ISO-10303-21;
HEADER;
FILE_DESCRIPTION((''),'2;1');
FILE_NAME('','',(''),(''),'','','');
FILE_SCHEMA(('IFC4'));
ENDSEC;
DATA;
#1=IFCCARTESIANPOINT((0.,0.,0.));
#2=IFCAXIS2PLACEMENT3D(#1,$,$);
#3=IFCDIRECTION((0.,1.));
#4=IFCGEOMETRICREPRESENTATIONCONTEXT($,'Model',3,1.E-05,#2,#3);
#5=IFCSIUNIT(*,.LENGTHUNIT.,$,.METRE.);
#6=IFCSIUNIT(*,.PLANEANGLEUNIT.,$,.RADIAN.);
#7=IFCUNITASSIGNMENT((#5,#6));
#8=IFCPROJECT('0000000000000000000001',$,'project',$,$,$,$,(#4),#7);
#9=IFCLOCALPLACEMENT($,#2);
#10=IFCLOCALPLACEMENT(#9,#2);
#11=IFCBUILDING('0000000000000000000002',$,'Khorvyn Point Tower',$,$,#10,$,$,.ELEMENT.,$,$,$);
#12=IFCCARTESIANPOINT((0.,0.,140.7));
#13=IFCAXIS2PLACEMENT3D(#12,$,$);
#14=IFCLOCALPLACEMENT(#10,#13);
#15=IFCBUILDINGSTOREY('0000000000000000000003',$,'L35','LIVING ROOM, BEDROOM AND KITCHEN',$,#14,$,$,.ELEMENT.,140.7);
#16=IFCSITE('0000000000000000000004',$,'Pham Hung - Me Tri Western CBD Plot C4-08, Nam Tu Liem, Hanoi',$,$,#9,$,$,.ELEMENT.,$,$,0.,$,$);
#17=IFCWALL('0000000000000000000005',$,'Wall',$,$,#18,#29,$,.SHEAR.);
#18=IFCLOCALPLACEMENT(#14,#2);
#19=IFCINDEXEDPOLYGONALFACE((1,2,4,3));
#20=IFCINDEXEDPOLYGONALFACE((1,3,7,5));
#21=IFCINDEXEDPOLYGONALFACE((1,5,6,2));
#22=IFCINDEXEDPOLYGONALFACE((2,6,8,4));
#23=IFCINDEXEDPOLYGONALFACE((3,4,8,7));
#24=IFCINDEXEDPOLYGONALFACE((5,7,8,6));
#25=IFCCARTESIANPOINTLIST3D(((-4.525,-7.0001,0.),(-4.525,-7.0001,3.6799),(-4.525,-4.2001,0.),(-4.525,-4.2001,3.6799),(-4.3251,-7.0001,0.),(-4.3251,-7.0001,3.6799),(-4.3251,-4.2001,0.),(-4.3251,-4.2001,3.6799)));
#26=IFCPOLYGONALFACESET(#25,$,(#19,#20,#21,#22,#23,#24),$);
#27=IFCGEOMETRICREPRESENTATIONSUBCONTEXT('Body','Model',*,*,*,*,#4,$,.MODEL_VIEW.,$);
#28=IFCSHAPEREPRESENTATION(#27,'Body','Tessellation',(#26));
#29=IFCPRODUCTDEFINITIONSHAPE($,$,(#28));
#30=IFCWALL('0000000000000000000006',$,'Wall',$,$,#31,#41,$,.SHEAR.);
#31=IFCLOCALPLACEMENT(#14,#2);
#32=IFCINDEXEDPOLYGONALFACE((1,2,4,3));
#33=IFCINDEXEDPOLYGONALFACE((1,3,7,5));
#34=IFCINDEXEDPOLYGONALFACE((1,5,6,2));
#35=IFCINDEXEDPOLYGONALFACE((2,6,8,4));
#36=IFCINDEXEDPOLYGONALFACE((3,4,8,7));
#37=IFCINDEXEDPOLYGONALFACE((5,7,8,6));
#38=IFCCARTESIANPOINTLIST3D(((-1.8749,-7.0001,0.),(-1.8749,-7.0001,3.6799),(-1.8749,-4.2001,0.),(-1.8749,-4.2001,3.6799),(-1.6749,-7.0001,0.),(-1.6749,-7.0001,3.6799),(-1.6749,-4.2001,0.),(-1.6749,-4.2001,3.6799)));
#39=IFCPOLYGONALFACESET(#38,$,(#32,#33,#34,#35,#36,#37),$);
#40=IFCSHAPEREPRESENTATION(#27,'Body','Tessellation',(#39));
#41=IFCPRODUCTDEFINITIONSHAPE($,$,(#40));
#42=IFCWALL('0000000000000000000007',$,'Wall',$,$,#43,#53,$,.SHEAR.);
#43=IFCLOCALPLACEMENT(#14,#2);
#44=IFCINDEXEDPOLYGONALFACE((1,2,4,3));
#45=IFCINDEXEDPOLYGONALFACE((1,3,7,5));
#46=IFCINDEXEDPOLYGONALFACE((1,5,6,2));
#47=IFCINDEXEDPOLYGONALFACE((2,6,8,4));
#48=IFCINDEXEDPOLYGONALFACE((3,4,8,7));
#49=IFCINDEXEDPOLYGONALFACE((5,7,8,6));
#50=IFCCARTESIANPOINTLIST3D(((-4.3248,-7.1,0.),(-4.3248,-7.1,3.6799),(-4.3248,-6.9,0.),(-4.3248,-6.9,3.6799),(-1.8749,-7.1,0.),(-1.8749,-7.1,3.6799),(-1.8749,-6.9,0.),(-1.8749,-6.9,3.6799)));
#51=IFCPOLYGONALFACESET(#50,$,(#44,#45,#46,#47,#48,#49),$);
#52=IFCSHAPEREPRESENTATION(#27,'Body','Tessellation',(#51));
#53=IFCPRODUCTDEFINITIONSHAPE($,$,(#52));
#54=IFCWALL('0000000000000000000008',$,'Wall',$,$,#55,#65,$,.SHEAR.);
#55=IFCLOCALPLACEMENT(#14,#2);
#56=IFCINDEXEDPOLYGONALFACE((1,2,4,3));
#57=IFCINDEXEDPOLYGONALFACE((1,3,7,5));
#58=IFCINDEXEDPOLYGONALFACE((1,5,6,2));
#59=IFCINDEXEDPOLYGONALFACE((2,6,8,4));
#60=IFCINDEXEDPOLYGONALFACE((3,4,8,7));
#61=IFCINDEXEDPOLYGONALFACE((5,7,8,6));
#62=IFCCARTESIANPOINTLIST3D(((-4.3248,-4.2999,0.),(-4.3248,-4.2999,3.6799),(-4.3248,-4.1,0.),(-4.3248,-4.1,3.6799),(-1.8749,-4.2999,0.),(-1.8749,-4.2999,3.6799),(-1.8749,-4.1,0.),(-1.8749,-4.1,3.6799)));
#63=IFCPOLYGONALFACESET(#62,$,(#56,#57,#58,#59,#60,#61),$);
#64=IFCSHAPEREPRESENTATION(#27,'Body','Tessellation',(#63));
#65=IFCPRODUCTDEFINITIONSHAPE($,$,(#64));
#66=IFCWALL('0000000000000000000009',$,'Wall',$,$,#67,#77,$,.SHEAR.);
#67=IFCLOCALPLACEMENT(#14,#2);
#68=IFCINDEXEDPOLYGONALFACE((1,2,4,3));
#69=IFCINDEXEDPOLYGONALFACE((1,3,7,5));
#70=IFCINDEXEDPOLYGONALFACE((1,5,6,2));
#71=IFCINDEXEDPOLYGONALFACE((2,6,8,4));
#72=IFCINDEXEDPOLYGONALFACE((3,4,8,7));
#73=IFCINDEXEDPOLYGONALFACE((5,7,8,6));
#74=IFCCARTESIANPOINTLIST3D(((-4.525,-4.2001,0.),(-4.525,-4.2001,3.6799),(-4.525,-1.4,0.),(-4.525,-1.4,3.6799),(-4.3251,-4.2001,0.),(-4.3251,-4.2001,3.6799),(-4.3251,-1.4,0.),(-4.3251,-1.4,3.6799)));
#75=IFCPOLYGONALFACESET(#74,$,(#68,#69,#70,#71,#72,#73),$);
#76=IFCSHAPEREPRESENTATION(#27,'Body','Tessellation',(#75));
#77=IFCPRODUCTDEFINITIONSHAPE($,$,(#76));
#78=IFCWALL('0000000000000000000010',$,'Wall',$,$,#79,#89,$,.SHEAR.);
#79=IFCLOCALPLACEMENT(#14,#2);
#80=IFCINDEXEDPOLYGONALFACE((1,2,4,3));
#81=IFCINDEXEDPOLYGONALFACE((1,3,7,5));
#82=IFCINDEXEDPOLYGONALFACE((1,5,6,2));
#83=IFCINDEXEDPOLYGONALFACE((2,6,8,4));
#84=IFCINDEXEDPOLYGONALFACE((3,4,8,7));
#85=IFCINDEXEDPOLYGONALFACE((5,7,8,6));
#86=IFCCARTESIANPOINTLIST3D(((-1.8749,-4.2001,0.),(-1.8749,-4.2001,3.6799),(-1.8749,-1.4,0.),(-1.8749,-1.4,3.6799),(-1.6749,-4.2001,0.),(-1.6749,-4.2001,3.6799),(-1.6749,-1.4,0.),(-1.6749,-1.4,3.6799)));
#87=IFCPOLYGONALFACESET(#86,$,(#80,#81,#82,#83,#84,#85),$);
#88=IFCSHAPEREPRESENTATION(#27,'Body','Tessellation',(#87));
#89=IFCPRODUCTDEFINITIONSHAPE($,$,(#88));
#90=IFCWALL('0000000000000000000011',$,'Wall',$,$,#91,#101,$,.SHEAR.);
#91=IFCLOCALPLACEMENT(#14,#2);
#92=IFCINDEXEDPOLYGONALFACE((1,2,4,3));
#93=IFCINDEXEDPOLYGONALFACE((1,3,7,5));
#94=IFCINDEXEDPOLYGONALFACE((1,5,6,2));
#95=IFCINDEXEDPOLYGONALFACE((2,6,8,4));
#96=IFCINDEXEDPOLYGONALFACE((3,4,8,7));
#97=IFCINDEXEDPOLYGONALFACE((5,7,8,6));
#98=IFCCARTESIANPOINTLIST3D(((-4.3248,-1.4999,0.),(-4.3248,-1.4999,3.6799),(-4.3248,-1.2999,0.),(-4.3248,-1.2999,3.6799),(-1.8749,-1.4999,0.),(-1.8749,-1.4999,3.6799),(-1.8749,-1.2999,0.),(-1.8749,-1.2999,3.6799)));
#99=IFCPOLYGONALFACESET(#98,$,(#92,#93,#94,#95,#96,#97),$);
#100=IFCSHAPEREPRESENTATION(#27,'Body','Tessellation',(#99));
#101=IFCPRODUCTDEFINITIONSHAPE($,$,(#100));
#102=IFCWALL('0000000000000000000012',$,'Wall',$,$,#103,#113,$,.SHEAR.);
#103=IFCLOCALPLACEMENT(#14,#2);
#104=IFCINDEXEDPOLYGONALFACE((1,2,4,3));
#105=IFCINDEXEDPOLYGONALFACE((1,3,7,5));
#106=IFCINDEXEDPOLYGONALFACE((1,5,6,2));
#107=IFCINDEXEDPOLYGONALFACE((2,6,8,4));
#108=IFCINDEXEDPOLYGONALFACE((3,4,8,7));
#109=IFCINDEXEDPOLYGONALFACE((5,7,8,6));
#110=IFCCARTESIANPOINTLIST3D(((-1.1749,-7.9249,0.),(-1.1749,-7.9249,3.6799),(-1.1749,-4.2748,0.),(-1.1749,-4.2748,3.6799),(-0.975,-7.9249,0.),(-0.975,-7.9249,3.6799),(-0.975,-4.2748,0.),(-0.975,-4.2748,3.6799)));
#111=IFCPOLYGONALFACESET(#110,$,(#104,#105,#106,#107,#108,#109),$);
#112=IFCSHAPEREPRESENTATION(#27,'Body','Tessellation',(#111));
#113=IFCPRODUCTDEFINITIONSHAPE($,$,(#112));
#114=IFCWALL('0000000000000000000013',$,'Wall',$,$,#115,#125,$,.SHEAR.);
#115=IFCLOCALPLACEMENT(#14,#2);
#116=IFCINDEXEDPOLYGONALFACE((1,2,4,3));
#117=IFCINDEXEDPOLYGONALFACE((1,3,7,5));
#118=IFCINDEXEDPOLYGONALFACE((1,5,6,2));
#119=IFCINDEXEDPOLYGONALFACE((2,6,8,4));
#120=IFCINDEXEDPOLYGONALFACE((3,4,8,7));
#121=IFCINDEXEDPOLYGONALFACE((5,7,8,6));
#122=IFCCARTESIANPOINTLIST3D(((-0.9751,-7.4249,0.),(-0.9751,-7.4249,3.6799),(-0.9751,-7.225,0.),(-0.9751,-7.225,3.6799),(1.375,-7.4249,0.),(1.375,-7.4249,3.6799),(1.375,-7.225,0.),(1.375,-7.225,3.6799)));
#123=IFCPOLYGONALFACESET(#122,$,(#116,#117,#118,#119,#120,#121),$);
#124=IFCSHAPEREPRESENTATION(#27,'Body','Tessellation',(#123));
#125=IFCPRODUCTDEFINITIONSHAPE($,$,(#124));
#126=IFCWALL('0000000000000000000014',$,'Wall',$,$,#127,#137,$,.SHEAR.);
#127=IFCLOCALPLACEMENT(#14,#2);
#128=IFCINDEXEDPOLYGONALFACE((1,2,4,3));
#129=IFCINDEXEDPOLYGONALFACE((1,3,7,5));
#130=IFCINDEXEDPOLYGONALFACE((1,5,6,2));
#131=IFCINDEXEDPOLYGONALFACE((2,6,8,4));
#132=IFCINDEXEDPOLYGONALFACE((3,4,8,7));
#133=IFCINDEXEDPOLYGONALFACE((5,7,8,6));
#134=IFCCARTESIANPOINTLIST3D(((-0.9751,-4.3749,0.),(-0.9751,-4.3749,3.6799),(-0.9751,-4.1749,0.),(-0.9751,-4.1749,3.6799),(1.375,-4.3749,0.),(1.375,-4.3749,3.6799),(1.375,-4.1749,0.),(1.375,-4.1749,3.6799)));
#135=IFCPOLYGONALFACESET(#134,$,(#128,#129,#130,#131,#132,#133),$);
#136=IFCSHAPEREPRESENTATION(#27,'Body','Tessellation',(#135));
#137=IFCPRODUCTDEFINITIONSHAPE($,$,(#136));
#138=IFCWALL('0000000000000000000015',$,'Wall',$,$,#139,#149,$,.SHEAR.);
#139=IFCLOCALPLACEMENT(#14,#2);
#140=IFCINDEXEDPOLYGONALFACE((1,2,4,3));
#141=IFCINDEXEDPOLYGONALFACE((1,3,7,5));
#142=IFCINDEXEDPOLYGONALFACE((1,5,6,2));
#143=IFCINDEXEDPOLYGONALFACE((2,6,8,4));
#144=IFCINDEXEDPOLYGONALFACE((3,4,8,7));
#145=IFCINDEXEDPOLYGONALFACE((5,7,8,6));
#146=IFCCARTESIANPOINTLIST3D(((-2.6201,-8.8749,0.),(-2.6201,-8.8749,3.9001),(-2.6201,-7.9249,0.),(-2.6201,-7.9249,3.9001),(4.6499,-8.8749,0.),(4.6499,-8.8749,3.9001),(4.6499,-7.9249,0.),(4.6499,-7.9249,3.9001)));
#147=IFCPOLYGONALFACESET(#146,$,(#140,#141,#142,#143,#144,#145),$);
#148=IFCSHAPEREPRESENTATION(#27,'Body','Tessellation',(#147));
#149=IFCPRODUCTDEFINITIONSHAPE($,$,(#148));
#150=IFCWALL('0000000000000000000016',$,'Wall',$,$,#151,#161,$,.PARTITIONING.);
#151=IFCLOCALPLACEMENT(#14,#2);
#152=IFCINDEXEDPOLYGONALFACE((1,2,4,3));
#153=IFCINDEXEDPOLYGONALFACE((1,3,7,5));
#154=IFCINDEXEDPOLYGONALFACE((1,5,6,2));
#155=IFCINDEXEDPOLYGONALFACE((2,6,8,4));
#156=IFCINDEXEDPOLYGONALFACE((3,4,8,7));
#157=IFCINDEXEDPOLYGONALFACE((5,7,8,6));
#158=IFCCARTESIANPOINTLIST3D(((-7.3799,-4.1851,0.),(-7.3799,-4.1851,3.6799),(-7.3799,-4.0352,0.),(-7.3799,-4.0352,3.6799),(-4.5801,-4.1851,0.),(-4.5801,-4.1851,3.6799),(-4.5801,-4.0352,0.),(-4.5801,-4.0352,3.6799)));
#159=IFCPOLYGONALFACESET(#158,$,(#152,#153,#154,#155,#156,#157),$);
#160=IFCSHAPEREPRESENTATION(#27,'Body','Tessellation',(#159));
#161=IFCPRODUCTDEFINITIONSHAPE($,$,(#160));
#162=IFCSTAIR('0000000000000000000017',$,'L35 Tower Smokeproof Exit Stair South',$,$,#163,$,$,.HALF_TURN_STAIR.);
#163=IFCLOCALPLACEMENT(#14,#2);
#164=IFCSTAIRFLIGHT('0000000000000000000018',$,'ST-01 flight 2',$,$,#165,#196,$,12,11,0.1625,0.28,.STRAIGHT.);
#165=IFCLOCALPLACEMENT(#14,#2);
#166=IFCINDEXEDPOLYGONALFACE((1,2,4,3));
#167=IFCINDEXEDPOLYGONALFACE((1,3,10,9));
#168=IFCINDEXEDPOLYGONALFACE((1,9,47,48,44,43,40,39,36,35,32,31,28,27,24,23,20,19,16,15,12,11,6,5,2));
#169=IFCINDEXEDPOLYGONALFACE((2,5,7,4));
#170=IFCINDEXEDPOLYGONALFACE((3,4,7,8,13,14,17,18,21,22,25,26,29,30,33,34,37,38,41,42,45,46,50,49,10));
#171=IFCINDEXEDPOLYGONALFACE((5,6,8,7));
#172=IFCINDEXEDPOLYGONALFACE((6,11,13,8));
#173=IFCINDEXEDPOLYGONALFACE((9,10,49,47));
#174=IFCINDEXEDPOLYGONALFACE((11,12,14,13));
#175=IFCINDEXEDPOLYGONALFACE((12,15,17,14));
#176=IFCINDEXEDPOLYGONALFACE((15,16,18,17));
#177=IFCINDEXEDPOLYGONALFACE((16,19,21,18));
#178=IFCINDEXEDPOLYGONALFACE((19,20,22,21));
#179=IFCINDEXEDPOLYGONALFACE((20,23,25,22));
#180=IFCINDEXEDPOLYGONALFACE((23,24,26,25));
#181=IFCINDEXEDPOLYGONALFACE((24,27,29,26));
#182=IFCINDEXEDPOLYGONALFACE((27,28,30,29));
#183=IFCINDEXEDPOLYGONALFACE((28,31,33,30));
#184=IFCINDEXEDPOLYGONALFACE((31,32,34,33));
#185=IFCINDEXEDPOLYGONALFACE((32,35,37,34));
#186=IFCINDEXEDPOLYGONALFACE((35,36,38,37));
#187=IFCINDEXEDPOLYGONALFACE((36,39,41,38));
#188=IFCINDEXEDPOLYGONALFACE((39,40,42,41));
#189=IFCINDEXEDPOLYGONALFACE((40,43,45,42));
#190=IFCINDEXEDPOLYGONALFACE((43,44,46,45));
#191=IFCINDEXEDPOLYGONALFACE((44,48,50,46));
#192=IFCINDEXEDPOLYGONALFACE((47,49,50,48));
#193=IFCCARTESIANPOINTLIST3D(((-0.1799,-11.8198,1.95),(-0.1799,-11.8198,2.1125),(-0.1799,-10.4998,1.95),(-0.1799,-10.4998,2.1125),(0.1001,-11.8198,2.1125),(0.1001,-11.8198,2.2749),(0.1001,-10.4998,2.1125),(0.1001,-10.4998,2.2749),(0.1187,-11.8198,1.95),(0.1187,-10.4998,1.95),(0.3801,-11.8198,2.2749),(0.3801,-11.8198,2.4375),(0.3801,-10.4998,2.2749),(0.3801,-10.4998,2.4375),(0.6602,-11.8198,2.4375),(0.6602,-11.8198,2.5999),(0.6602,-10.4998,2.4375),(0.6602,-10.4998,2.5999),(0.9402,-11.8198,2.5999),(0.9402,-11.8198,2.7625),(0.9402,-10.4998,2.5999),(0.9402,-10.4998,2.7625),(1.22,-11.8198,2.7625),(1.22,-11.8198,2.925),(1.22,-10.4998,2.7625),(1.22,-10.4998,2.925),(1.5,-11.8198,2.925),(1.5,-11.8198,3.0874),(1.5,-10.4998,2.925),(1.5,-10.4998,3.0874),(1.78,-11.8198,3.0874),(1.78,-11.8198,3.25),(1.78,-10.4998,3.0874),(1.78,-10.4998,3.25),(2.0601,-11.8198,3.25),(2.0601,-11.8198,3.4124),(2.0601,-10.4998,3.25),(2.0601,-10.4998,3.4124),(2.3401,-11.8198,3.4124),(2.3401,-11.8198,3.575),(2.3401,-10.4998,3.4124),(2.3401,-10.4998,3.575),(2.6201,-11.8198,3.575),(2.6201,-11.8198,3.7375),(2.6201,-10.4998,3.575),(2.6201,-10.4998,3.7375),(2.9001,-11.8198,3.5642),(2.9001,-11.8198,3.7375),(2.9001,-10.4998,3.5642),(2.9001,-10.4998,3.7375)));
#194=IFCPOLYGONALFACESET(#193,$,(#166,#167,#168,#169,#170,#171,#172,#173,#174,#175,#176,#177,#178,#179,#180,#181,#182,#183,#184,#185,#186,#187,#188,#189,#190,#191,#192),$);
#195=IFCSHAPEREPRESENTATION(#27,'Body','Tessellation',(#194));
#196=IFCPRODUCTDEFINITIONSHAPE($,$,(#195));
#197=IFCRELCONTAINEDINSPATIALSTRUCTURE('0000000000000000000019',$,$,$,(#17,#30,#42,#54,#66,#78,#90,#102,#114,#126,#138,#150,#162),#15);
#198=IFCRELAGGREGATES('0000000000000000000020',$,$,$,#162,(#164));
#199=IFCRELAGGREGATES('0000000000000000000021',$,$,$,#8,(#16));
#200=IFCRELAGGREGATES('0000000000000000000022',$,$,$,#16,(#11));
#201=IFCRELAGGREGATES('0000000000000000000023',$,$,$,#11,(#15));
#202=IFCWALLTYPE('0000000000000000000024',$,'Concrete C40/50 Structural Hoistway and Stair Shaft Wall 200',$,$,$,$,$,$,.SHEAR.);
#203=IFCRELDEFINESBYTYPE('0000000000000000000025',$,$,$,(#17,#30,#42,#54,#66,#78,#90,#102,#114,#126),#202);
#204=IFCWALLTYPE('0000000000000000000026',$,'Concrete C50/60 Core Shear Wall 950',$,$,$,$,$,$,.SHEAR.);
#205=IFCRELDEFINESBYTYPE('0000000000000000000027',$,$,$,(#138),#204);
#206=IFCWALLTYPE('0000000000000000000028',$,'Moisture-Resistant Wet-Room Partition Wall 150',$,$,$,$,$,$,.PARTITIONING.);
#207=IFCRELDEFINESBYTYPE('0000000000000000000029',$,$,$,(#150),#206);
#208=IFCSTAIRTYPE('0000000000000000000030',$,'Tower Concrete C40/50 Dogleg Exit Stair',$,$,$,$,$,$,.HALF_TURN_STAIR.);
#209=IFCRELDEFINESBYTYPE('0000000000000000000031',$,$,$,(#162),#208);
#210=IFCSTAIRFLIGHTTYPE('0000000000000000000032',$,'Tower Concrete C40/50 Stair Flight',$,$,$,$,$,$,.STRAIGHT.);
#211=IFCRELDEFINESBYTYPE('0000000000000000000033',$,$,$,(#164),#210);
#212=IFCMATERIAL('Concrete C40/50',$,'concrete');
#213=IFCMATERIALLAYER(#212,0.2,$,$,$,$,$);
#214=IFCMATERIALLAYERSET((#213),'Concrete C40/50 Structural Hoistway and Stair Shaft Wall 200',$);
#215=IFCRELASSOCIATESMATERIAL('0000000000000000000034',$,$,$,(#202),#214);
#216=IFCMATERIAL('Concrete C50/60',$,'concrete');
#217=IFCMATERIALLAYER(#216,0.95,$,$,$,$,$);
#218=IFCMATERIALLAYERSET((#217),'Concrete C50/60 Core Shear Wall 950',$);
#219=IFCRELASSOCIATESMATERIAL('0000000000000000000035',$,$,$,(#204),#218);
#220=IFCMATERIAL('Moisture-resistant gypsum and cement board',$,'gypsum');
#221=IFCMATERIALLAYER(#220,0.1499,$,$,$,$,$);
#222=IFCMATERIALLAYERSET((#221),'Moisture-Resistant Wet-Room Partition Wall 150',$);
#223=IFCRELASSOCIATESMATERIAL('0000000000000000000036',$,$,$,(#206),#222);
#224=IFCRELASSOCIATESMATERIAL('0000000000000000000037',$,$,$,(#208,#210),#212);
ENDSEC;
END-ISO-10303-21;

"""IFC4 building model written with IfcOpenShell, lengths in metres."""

from ifc_helpers import new_model, si_unit, direction, frame, frame_2d, origin, place, context, subcontext, project, spatial, polyline, rectangle, outline, extrude, material, layer, layer_set, type_object, element, aggregate, save


model = new_model("IFC4")

# Units and contexts
model_context = context("Model", 3, precision=1e-05, world=origin(), true_north=direction((0.0, 1.0)))
body_context = subcontext(model_context, "Body", "Model", "MODEL_VIEW")
ifc_project = project(units=[si_unit("LENGTHUNIT", "METRE"), si_unit("PLANEANGLEUNIT", "RADIAN")], contexts=[model_context])

# Site, building, storey
site_placement = place(None, origin())
site = spatial("IfcSite", under=ifc_project, at=site_placement, Name="Pham Hung - Me Tri Western CBD Plot C4-08, Nam Tu Liem, Hanoi", CompositionType="ELEMENT", RefElevation=0.0)
building_placement = place(site_placement, origin())
building = spatial("IfcBuilding", under=site, at=building_placement, Name="Khorvyn Point Tower", CompositionType="ELEMENT")
storey_placement = place(building_placement, frame((0.0, 0.0, 140.7)))
storey = spatial("IfcBuildingStorey", under=building, at=storey_placement, Name="L35", Description="LIVING ROOM, BEDROOM AND KITCHEN", CompositionType="ELEMENT", Elevation=140.7)

# Shared definitions
ifc_material_1 = material(Name="Concrete C40/50", Category="concrete")

# Shared definitions
ifc_material_2 = material(Name="Concrete C50/60", Category="concrete")

# Walls
ifc_layer_1 = layer(ifc_material_1, 0.2)
ifc_layer_set_1 = layer_set([ifc_layer_1], Name="Concrete C40/50 Structural Hoistway and Stair Shaft Wall 200")
wall_type_1 = type_object("IfcWallType", Name="Concrete C40/50 Structural Hoistway and Stair Shaft Wall 200", PredefinedType="SHEAR", material=ifc_layer_set_1)
for number, where, z_axis, x_axis, name in (
    (1, (-4.425, -7.0, 0.0), (0.0, 0.0, 1.0), (0.0, 1.0, 0.0), "Wall"),
    (2, (-1.7749, -7.0, 0.0), (0.0, 0.0, 1.0), (0.0, 1.0, 0.0), "Wall"),
):
    element("IfcWall", number, at=place(storey_placement, frame(where, z_axis=z_axis, x_axis=x_axis)), inside=storey, type_object=wall_type_1, Name=name, PredefinedType="SHEAR", context=body_context, shape_type="SweptSolid", body=[
        extrude(rectangle(XDim=2.8, YDim=0.2, at=frame_2d((1.3999, 0.0))), origin(), (0.0, 0.0, 1.0), 3.6799),
    ])
for number, where, z_axis, x_axis, name in (
    (3, (-4.325, -7.0, 0.0), (0.0, 0.0, 1.0), (1.0, 0.0, 0.0), "Wall"),
    (4, (-4.325, -4.2, 0.0), (0.0, 0.0, 1.0), (1.0, 0.0, 0.0), "Wall"),
):
    element("IfcWall", number, at=place(storey_placement, frame(where, z_axis=z_axis, x_axis=x_axis)), inside=storey, type_object=wall_type_1, Name=name, PredefinedType="SHEAR", context=body_context, shape_type="SweptSolid", body=[
        extrude(rectangle(XDim=2.45, YDim=0.2, at=frame_2d((1.2251, 0.0))), origin(), (0.0, 0.0, 1.0), 3.6799),
    ])
for number, where, z_axis, x_axis, name in (
    (5, (-4.425, -4.2, 0.0), (0.0, 0.0, 1.0), (0.0, 1.0, 0.0), "Wall"),
    (6, (-1.7749, -4.2, 0.0), (0.0, 0.0, 1.0), (0.0, 1.0, 0.0), "Wall"),
):
    element("IfcWall", number, at=place(storey_placement, frame(where, z_axis=z_axis, x_axis=x_axis)), inside=storey, type_object=wall_type_1, Name=name, PredefinedType="SHEAR", context=body_context, shape_type="SweptSolid", body=[
        extrude(rectangle(XDim=2.8, YDim=0.2, at=frame_2d((1.3999, 0.0))), origin(), (0.0, 0.0, 1.0), 3.6799),
    ])
wall_1_placement = place(storey_placement, frame((-4.325, -1.3999, 0.0), z_axis=(0.0, 0.0, 1.0), x_axis=(1.0, 0.0, 0.0)))
element("IfcWall", 7, at=wall_1_placement, inside=storey, type_object=wall_type_1, Name="Wall", PredefinedType="SHEAR", context=body_context, shape_type="SweptSolid", body=[
    extrude(rectangle(XDim=2.45, YDim=0.2, at=frame_2d((1.2251, 0.0))), origin(), (0.0, 0.0, 1.0), 3.6799),
])
wall_2_placement = place(storey_placement, frame((-1.075, -7.925, 0.0), z_axis=(0.0, 0.0, 1.0), x_axis=(0.0, 1.0, 0.0)))
element("IfcWall", 8, at=wall_2_placement, inside=storey, type_object=wall_type_1, Name="Wall", PredefinedType="SHEAR", context=body_context, shape_type="SweptSolid", body=[
    extrude(rectangle(XDim=3.6501, YDim=0.2, at=frame_2d((1.8252, 0.0))), origin(), (0.0, 0.0, 1.0), 3.6799),
])
for number, where, z_axis, x_axis, name in (
    (9, (-0.9751, -7.325, 0.0), (0.0, 0.0, 1.0), (1.0, 0.0, 0.0), "Wall"),
    (10, (-0.9751, -4.2749, 0.0), (0.0, 0.0, 1.0), (1.0, 0.0, 0.0), "Wall"),
):
    element("IfcWall", number, at=place(storey_placement, frame(where, z_axis=z_axis, x_axis=x_axis)), inside=storey, type_object=wall_type_1, Name=name, PredefinedType="SHEAR", context=body_context, shape_type="SweptSolid", body=[
        extrude(rectangle(XDim=2.3501, YDim=0.2, at=frame_2d((1.175, 0.0))), origin(), (0.0, 0.0, 1.0), 3.6799),
    ])
ifc_layer_2 = layer(ifc_material_2, 0.95)
ifc_layer_set_2 = layer_set([ifc_layer_2], Name="Concrete C50/60 Core Shear Wall 950")
wall_type_2 = type_object("IfcWallType", Name="Concrete C50/60 Core Shear Wall 950", PredefinedType="SHEAR", material=ifc_layer_set_2)
wall_3_placement = place(storey_placement, frame((-2.6201, -8.3999, 0.0), z_axis=(0.0, 0.0, 1.0), x_axis=(1.0, 0.0, 0.0)))
element("IfcWall", 11, at=wall_3_placement, inside=storey, type_object=wall_type_2, Name="Wall", PredefinedType="SHEAR", context=body_context, shape_type="SweptSolid", body=[
    extrude(rectangle(XDim=7.27, YDim=0.95, at=frame_2d((3.635, 0.0))), origin(), (0.0, 0.0, 1.0), 3.9001),
])
ifc_material_3 = material(Name="Moisture-resistant gypsum and cement board", Category="gypsum")
ifc_layer_3 = layer(ifc_material_3, 0.1499)
ifc_layer_set_3 = layer_set([ifc_layer_3], Name="Moisture-Resistant Wet-Room Partition Wall 150")
wall_type_3 = type_object("IfcWallType", Name="Moisture-Resistant Wet-Room Partition Wall 150", PredefinedType="PARTITIONING", material=ifc_layer_set_3)
wall_4_placement = place(storey_placement, frame((-7.3799, -4.1101, 0.0), z_axis=(0.0, 0.0, 1.0), x_axis=(1.0, 0.0, 0.0)))
element("IfcWall", 12, at=wall_4_placement, inside=storey, type_object=wall_type_3, Name="Wall", PredefinedType="PARTITIONING", context=body_context, shape_type="SweptSolid", body=[
    extrude(rectangle(XDim=2.7998, YDim=0.1499, at=frame_2d((1.3999, 0.0))), origin(), (0.0, 0.0, 1.0), 3.6799),
])

# Stair, stair flight
stair_type = type_object("IfcStairType", Name="Tower Concrete C40/50 Dogleg Exit Stair", PredefinedType="HALF_TURN_STAIR", material=ifc_material_1)
stair_placement = place(storey_placement, origin())
stair = element("IfcStair", 13, at=stair_placement, inside=storey, type_object=stair_type, Name="L35 Tower Smokeproof Exit Stair South", PredefinedType="HALF_TURN_STAIR")
stair_flight_type = type_object("IfcStairFlightType", Name="Tower Concrete C40/50 Stair Flight", PredefinedType="STRAIGHT", material=ifc_material_1)
stair_flight_placement = place(storey_placement, frame((-0.1799, -11.1599, 1.95), z_axis=(0.0, 0.0, 1.0), x_axis=(1.0, 0.0, 0.0)))
stair_flight = element("IfcStairFlight", 14, at=stair_flight_placement, type_object=stair_flight_type, Name="ST-01 flight 2", NumberOfRisers=12, NumberOfTreads=11, PredefinedType="STRAIGHT", RiserHeight=0.1625, TreadLength=0.28, context=body_context, shape_type="SweptSolid", body=[
    extrude(outline(polyline([(0.0, 0.0), (0.0, 0.1626), (0.28, 0.1626), (0.28, 0.325), (0.5601, 0.325), (0.5601, 0.4875), (0.8401, 0.4875), (0.8401, 0.6499), (1.1201, 0.6499), (1.1201, 0.8125), (1.3999, 0.8125), (1.3999, 0.9751), (1.6799, 0.9751), (1.6799, 1.1375), (1.96, 1.1375), (1.96, 1.3), (2.24, 1.3), (2.24, 1.4624), (2.52, 1.4624), (2.52, 1.625), (2.8, 1.625), (2.8, 1.7876), (3.0801, 1.7876), (3.0801, 1.95), (3.0801, 1.6143), (0.2986, 0.0), (0.0, 0.0)])), frame((0.0, 0.6602, 0.0), z_axis=(0.0, -1.0, 0.0), x_axis=(1.0, 0.0, 0.0)), (0.0, 0.0, 1.0), 1.3201),
])
aggregate(stair, [stair_flight])

save(model, "model.ifc")
